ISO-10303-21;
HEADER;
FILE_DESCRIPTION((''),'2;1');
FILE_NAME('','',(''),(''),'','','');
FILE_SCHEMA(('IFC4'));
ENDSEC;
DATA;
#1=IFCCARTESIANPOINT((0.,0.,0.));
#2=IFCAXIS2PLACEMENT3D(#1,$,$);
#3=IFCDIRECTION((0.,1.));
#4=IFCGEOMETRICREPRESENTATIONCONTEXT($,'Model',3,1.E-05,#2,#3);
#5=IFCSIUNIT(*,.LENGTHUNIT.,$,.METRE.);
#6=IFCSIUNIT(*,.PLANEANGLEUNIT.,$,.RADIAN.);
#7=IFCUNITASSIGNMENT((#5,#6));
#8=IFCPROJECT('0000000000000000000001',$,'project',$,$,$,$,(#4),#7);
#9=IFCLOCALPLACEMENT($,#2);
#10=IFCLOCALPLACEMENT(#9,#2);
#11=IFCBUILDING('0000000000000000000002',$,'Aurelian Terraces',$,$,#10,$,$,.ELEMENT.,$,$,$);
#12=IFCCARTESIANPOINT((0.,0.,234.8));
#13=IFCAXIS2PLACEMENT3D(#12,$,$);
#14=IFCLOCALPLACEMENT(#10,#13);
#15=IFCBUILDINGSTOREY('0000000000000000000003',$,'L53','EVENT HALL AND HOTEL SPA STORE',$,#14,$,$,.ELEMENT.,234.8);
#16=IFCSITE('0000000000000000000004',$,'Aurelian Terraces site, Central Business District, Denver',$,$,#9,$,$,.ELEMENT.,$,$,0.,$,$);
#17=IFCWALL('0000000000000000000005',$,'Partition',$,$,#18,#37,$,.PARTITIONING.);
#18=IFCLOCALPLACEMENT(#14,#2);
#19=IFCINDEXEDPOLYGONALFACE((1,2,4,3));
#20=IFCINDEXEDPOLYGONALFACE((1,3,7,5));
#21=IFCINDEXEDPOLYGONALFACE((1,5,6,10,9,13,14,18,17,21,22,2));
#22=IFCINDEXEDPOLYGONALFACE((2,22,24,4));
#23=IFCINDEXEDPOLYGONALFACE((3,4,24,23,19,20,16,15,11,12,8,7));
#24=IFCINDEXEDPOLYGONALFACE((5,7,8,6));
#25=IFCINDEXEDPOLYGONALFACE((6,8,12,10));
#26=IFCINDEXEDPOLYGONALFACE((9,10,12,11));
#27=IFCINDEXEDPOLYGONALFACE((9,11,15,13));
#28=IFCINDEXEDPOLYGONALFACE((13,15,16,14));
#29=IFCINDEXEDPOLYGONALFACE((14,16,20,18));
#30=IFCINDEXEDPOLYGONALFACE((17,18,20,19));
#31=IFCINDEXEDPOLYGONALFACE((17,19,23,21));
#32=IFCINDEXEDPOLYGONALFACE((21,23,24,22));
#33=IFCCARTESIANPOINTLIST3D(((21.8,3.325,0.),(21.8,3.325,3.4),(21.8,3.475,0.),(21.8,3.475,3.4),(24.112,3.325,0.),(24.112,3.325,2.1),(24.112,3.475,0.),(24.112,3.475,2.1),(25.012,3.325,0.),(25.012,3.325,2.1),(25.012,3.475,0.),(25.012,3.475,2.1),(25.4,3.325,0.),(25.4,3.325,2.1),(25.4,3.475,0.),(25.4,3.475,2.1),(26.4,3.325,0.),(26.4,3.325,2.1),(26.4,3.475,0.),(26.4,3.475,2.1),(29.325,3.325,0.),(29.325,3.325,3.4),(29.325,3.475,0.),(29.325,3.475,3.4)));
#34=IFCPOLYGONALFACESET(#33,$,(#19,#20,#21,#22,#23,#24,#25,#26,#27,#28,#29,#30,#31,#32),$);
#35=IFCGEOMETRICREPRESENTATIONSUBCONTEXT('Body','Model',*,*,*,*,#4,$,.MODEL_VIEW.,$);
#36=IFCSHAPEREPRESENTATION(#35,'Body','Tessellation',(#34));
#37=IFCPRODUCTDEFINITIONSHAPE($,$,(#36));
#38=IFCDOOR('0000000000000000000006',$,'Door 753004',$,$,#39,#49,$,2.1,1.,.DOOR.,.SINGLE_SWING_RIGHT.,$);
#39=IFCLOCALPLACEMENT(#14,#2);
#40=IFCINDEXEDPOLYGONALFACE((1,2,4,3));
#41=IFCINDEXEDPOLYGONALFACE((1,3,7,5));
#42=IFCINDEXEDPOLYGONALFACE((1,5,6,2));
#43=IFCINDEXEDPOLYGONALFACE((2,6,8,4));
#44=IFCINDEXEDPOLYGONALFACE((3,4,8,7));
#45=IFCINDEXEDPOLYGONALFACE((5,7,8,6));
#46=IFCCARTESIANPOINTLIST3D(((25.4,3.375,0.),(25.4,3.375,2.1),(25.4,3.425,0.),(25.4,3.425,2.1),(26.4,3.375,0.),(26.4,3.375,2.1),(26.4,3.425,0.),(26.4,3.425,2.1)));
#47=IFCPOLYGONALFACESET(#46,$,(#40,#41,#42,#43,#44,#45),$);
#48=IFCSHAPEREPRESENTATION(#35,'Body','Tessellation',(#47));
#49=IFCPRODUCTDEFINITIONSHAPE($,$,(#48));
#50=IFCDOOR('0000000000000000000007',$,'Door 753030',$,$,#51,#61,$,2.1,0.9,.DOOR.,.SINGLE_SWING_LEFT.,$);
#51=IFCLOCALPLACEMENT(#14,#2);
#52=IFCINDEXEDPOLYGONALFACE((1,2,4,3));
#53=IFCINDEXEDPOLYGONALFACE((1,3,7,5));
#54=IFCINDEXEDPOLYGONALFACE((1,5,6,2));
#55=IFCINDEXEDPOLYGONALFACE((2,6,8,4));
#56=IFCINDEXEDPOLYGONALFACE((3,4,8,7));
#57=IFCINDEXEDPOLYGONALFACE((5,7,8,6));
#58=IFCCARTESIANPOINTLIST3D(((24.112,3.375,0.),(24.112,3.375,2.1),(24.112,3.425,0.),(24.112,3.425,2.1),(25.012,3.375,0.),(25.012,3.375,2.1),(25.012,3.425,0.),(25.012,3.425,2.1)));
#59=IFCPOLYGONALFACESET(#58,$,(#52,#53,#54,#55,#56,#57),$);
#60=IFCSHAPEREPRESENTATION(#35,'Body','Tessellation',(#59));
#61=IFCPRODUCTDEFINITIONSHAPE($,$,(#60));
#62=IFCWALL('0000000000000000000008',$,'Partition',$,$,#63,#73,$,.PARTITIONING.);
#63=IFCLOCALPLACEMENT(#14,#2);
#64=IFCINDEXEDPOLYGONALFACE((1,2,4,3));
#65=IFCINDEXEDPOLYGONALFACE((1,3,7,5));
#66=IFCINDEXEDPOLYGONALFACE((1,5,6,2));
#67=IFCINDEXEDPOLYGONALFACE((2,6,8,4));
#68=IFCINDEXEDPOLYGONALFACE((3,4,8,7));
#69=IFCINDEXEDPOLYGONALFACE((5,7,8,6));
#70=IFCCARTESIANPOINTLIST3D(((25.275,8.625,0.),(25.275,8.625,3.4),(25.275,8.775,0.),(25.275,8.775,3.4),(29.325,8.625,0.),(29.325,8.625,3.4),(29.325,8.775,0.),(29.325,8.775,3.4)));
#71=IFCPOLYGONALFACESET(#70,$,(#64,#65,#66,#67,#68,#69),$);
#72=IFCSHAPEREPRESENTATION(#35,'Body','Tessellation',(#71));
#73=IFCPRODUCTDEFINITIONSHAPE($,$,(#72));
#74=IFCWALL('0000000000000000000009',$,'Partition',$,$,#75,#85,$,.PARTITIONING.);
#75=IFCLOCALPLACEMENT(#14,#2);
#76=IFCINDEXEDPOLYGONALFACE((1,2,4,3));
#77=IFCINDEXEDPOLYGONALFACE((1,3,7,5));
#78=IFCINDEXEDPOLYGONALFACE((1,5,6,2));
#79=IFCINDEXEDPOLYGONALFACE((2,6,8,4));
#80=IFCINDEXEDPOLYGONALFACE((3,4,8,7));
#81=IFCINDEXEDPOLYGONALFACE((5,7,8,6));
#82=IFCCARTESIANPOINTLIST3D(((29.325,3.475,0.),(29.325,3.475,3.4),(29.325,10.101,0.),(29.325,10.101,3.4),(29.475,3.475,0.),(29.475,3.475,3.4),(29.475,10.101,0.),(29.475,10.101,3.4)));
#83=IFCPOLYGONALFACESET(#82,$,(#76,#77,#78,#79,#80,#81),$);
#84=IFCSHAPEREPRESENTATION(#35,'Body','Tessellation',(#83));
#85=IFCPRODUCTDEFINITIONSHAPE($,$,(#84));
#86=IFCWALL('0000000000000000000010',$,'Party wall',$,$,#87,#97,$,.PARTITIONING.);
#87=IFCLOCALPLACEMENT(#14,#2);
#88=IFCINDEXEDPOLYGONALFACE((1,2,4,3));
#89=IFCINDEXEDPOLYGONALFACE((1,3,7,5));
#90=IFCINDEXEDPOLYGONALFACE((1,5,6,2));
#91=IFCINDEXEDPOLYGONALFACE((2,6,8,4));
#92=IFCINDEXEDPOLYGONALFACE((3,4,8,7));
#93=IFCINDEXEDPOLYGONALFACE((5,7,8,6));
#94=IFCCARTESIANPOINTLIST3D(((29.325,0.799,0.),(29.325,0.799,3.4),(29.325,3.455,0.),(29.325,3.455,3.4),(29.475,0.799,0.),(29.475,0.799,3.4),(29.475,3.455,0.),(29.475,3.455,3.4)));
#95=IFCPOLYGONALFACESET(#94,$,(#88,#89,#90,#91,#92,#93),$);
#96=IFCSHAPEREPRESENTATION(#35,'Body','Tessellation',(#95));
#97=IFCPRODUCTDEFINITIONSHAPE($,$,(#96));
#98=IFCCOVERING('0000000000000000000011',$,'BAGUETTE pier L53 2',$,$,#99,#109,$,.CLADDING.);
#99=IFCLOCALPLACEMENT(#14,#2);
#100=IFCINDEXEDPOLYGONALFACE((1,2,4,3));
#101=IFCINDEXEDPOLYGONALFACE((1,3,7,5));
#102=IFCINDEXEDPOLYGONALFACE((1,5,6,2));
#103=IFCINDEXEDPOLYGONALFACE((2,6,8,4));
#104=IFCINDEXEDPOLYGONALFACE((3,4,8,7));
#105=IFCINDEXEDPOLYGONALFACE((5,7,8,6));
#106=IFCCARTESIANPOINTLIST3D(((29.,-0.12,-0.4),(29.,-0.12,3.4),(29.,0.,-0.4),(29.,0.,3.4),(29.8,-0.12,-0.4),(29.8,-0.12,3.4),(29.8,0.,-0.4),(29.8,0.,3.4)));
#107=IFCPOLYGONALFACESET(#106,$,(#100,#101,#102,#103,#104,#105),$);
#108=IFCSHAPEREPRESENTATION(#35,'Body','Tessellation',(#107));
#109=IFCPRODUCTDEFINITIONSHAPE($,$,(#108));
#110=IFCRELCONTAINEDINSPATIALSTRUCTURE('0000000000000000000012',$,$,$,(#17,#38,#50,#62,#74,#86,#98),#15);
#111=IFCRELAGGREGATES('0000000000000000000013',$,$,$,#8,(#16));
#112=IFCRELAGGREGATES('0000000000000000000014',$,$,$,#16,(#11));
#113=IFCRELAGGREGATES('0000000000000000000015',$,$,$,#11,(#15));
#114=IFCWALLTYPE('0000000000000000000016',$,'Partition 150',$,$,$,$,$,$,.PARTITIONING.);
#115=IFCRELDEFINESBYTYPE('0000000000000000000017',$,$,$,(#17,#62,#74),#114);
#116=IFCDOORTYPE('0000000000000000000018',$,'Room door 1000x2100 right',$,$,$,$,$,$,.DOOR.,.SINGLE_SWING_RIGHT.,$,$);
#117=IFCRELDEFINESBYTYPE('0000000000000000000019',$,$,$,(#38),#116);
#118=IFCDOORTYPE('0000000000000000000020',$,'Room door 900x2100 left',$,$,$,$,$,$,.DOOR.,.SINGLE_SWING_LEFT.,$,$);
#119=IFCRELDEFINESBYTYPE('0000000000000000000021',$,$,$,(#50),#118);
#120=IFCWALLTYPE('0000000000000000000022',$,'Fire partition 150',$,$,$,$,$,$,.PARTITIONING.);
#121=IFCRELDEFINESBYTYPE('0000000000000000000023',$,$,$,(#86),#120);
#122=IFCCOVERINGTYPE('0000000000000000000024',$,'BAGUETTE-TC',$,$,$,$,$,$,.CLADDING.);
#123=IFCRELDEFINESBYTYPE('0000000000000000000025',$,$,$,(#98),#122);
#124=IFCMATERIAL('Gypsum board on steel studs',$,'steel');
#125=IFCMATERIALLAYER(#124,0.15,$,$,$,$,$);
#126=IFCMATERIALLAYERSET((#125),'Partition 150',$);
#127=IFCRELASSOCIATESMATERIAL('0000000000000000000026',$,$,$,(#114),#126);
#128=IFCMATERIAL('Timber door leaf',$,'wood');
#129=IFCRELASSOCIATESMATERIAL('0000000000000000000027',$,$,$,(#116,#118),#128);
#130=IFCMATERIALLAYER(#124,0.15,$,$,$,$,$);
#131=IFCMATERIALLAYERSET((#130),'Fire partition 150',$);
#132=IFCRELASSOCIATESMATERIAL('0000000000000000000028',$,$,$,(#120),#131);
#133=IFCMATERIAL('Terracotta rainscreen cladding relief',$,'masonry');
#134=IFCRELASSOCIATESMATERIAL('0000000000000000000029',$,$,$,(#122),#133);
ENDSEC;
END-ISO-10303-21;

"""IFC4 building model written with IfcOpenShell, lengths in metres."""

from ifc_helpers import new_model, si_unit, direction, frame, frame_2d, origin, origin_2d, place, context, subcontext, project, spatial, rectangle, extrude, source, transform, mapped, material, layer, layer_set, type_object, element, fill, save


model = new_model("IFC4")

# Units and contexts
model_context = context("Model", 3, precision=1e-05, world=origin(), true_north=direction((0.0, 1.0)))
body_context = subcontext(model_context, "Body", "Model", "MODEL_VIEW")
ifc_project = project(units=[si_unit("LENGTHUNIT", "METRE"), si_unit("PLANEANGLEUNIT", "RADIAN")], contexts=[model_context])

# Site, building, storey
site_placement = place(None, origin())
site = spatial("IfcSite", under=ifc_project, at=site_placement, Name="Aurelian Terraces site, Central Business District, Denver", CompositionType="ELEMENT", RefElevation=0.0)
building_placement = place(site_placement, origin())
building = spatial("IfcBuilding", under=site, at=building_placement, Name="Aurelian Terraces", CompositionType="ELEMENT")
storey_placement = place(building_placement, frame((0.0, 0.0, 234.8)))
storey = spatial("IfcBuildingStorey", under=building, at=storey_placement, Name="L53", Description="EVENT HALL AND HOTEL SPA STORE", CompositionType="ELEMENT", Elevation=234.8)

# Shared definitions
ifc_material_1 = material(Name="Timber door leaf", Category="wood")
shared_shape_1 = source(origin(), body_context, "Body", "SweptSolid", [
    extrude(rectangle(XDim=1.0, YDim=2.1, at=frame_2d((0.5, 1.05))), frame((0.0, 0.025, 0.0), z_axis=(0.0, -1.0, 0.0), x_axis=(1.0, 0.0, 0.0)), (0.0, 0.0, 1.0), 0.05),
])

# Wall, openings, doors
ifc_material_2 = material(Name="Gypsum board on steel studs", Category="steel")
ifc_layer_1 = layer(ifc_material_2, 0.15)
ifc_layer_set_1 = layer_set([ifc_layer_1], Name="Partition 150")
wall_type_1 = type_object("IfcWallType", Name="Partition 150", PredefinedType="PARTITIONING", material=ifc_layer_set_1)
shared_shape_2 = source(origin(), body_context, "Body", "SweptSolid", [
    extrude(rectangle(XDim=7.525, YDim=0.15, at=frame_2d((3.7625, 0.0))), origin(), (0.0, 0.0, 1.0), 3.4),
])
wall_1_placement = place(storey_placement, frame((21.8, 3.4, 0.0), z_axis=(0.0, 0.0, 1.0), x_axis=(1.0, 0.0, 0.0)))
wall_1 = element("IfcWall", 1, at=wall_1_placement, inside=storey, type_object=wall_type_1, Name="Partition", PredefinedType="PARTITIONING", context=body_context, shape_type="MappedRepresentation", body=[
    mapped(shared_shape_2, transform((0.0, 0.0, 0.0), scale=1.0)),
])
shared_shape_3 = source(origin(), body_context, "Body", "SweptSolid", [
    extrude(rectangle(XDim=1.0, YDim=2.1, at=frame_2d((0.5, 1.05))), frame((0.0, 0.085, 0.0), z_axis=(0.0, -1.0, 0.0), x_axis=(1.0, 0.0, 0.0)), (0.0, 0.0, 1.0), 0.17),
])
opening_1_placement = place(wall_1_placement, frame((3.6, 0.0, 0.0)))
opening_1 = element("IfcOpeningElement", 2, at=opening_1_placement, cuts=wall_1, PredefinedType="OPENING", context=body_context, shape_type="MappedRepresentation", body=[
    mapped(shared_shape_3, transform((0.0, 0.0, 0.0), scale=1.0)),
])
shared_shape_4 = source(origin(), body_context, "Body", "SweptSolid", [
    extrude(rectangle(XDim=0.9, YDim=2.1, at=frame_2d((0.45, 1.05))), frame((0.0, 0.085, 0.0), z_axis=(0.0, -1.0, 0.0), x_axis=(1.0, 0.0, 0.0)), (0.0, 0.0, 1.0), 0.17),
])
opening_2_placement = place(wall_1_placement, frame((2.312, 0.0, 0.0)))
opening_2 = element("IfcOpeningElement", 3, at=opening_2_placement, cuts=wall_1, PredefinedType="OPENING", context=body_context, shape_type="MappedRepresentation", body=[
    mapped(shared_shape_4, transform((0.0, 0.0, 0.0), scale=1.0)),
])
door_type_1 = type_object("IfcDoorType", Name="Room door 1000x2100 right", OperationType="SINGLE_SWING_RIGHT", PredefinedType="DOOR", material=ifc_material_1)
door_1_placement = place(opening_1_placement, origin())
door_1 = element("IfcDoor", 4, at=door_1_placement, inside=storey, type_object=door_type_1, Name="Door 753004", OperationType="SINGLE_SWING_RIGHT", OverallHeight=2.1, OverallWidth=1.0, PredefinedType="DOOR", context=body_context, shape_type="MappedRepresentation", body=[
    mapped(shared_shape_1, transform((0.0, 0.0, 0.0), scale=1.0)),
])
fill(opening_1, door_1)
door_type_2 = type_object("IfcDoorType", Name="Room door 900x2100 left", OperationType="SINGLE_SWING_LEFT", PredefinedType="DOOR", material=ifc_material_1)
shared_shape_5 = source(origin(), body_context, "Body", "SweptSolid", [
    extrude(rectangle(XDim=0.9, YDim=2.1, at=frame_2d((0.45, 1.05))), frame((0.0, 0.025, 0.0), z_axis=(0.0, -1.0, 0.0), x_axis=(1.0, 0.0, 0.0)), (0.0, 0.0, 1.0), 0.05),
])
door_2_placement = place(opening_2_placement, origin())
door_2 = element("IfcDoor", 5, at=door_2_placement, inside=storey, type_object=door_type_2, Name="Door 753030", OperationType="SINGLE_SWING_LEFT", OverallHeight=2.1, OverallWidth=0.9, PredefinedType="DOOR", context=body_context, shape_type="MappedRepresentation", body=[
    mapped(shared_shape_5, transform((0.0, 0.0, 0.0), scale=1.0)),
])
fill(opening_2, door_2)

# Walls
shared_shape_6 = source(origin(), body_context, "Body", "SweptSolid", [
    extrude(rectangle(XDim=4.05, YDim=0.15, at=frame_2d((2.025, 0.0))), origin(), (0.0, 0.0, 1.0), 3.4),
])
wall_2_placement = place(storey_placement, frame((29.325, 8.7, 0.0), z_axis=(0.0, 0.0, 1.0), x_axis=(-1.0, 0.0, 0.0)))
element("IfcWall", 6, at=wall_2_placement, inside=storey, type_object=wall_type_1, Name="Partition", PredefinedType="PARTITIONING", context=body_context, shape_type="MappedRepresentation", body=[
    mapped(shared_shape_6, transform((0.0, 0.0, 0.0), scale=1.0)),
])
shared_shape_7 = source(origin(), body_context, "Body", "SweptSolid", [
    extrude(rectangle(XDim=6.626, YDim=0.15, at=frame_2d((3.313, 0.0))), origin(), (0.0, 0.0, 1.0), 3.4),
])
wall_3_placement = place(storey_placement, frame((29.4, 3.475, 0.0), z_axis=(0.0, 0.0, 1.0), x_axis=(0.0, 1.0, 0.0)))
element("IfcWall", 7, at=wall_3_placement, inside=storey, type_object=wall_type_1, Name="Partition", PredefinedType="PARTITIONING", context=body_context, shape_type="MappedRepresentation", body=[
    mapped(shared_shape_7, transform((0.0, 0.0, 0.0), scale=1.0)),
])
ifc_layer_2 = layer(ifc_material_2, 0.15)
ifc_layer_set_2 = layer_set([ifc_layer_2], Name="Fire partition 150")
wall_type_2 = type_object("IfcWallType", Name="Fire partition 150", PredefinedType="PARTITIONING", material=ifc_layer_set_2)
shared_shape_8 = source(origin(), body_context, "Body", "SweptSolid", [
    extrude(rectangle(XDim=2.656, YDim=0.15, at=frame_2d((1.328, 0.0))), origin(), (0.0, 0.0, 1.0), 3.4),
])
wall_4_placement = place(storey_placement, frame((29.4, 0.799, 0.0), z_axis=(0.0, 0.0, 1.0), x_axis=(0.0, 1.0, 0.0)))
element("IfcWall", 8, at=wall_4_placement, inside=storey, type_object=wall_type_2, Name="Party wall", PredefinedType="PARTITIONING", context=body_context, shape_type="MappedRepresentation", body=[
    mapped(shared_shape_8, transform((0.0, 0.0, 0.0), scale=1.0)),
])

# Covering
ifc_material_3 = material(Name="Terracotta rainscreen cladding relief", Category="masonry")
covering_type = type_object("IfcCoveringType", Name="BAGUETTE-TC", PredefinedType="CLADDING", material=ifc_material_3)
shared_shape_9 = source(origin(), body_context, "Body", "SweptSolid", [
    extrude(rectangle(XDim=0.8, YDim=0.12, at=origin_2d()), origin(), (0.0, 0.0, 1.0), 3.8),
])
covering_placement = place(storey_placement, frame((29.4, -0.06, -0.4), z_axis=(0.0, 0.0, 1.0), x_axis=(1.0, 0.0, 0.0)))
element("IfcCovering", 9, at=covering_placement, inside=storey, type_object=covering_type, Name="BAGUETTE pier L53 2", PredefinedType="CLADDING", context=body_context, shape_type="MappedRepresentation", body=[
    mapped(shared_shape_9, transform((0.0, 0.0, 0.0), scale=1.0)),
])

save(model, "model.ifc")
